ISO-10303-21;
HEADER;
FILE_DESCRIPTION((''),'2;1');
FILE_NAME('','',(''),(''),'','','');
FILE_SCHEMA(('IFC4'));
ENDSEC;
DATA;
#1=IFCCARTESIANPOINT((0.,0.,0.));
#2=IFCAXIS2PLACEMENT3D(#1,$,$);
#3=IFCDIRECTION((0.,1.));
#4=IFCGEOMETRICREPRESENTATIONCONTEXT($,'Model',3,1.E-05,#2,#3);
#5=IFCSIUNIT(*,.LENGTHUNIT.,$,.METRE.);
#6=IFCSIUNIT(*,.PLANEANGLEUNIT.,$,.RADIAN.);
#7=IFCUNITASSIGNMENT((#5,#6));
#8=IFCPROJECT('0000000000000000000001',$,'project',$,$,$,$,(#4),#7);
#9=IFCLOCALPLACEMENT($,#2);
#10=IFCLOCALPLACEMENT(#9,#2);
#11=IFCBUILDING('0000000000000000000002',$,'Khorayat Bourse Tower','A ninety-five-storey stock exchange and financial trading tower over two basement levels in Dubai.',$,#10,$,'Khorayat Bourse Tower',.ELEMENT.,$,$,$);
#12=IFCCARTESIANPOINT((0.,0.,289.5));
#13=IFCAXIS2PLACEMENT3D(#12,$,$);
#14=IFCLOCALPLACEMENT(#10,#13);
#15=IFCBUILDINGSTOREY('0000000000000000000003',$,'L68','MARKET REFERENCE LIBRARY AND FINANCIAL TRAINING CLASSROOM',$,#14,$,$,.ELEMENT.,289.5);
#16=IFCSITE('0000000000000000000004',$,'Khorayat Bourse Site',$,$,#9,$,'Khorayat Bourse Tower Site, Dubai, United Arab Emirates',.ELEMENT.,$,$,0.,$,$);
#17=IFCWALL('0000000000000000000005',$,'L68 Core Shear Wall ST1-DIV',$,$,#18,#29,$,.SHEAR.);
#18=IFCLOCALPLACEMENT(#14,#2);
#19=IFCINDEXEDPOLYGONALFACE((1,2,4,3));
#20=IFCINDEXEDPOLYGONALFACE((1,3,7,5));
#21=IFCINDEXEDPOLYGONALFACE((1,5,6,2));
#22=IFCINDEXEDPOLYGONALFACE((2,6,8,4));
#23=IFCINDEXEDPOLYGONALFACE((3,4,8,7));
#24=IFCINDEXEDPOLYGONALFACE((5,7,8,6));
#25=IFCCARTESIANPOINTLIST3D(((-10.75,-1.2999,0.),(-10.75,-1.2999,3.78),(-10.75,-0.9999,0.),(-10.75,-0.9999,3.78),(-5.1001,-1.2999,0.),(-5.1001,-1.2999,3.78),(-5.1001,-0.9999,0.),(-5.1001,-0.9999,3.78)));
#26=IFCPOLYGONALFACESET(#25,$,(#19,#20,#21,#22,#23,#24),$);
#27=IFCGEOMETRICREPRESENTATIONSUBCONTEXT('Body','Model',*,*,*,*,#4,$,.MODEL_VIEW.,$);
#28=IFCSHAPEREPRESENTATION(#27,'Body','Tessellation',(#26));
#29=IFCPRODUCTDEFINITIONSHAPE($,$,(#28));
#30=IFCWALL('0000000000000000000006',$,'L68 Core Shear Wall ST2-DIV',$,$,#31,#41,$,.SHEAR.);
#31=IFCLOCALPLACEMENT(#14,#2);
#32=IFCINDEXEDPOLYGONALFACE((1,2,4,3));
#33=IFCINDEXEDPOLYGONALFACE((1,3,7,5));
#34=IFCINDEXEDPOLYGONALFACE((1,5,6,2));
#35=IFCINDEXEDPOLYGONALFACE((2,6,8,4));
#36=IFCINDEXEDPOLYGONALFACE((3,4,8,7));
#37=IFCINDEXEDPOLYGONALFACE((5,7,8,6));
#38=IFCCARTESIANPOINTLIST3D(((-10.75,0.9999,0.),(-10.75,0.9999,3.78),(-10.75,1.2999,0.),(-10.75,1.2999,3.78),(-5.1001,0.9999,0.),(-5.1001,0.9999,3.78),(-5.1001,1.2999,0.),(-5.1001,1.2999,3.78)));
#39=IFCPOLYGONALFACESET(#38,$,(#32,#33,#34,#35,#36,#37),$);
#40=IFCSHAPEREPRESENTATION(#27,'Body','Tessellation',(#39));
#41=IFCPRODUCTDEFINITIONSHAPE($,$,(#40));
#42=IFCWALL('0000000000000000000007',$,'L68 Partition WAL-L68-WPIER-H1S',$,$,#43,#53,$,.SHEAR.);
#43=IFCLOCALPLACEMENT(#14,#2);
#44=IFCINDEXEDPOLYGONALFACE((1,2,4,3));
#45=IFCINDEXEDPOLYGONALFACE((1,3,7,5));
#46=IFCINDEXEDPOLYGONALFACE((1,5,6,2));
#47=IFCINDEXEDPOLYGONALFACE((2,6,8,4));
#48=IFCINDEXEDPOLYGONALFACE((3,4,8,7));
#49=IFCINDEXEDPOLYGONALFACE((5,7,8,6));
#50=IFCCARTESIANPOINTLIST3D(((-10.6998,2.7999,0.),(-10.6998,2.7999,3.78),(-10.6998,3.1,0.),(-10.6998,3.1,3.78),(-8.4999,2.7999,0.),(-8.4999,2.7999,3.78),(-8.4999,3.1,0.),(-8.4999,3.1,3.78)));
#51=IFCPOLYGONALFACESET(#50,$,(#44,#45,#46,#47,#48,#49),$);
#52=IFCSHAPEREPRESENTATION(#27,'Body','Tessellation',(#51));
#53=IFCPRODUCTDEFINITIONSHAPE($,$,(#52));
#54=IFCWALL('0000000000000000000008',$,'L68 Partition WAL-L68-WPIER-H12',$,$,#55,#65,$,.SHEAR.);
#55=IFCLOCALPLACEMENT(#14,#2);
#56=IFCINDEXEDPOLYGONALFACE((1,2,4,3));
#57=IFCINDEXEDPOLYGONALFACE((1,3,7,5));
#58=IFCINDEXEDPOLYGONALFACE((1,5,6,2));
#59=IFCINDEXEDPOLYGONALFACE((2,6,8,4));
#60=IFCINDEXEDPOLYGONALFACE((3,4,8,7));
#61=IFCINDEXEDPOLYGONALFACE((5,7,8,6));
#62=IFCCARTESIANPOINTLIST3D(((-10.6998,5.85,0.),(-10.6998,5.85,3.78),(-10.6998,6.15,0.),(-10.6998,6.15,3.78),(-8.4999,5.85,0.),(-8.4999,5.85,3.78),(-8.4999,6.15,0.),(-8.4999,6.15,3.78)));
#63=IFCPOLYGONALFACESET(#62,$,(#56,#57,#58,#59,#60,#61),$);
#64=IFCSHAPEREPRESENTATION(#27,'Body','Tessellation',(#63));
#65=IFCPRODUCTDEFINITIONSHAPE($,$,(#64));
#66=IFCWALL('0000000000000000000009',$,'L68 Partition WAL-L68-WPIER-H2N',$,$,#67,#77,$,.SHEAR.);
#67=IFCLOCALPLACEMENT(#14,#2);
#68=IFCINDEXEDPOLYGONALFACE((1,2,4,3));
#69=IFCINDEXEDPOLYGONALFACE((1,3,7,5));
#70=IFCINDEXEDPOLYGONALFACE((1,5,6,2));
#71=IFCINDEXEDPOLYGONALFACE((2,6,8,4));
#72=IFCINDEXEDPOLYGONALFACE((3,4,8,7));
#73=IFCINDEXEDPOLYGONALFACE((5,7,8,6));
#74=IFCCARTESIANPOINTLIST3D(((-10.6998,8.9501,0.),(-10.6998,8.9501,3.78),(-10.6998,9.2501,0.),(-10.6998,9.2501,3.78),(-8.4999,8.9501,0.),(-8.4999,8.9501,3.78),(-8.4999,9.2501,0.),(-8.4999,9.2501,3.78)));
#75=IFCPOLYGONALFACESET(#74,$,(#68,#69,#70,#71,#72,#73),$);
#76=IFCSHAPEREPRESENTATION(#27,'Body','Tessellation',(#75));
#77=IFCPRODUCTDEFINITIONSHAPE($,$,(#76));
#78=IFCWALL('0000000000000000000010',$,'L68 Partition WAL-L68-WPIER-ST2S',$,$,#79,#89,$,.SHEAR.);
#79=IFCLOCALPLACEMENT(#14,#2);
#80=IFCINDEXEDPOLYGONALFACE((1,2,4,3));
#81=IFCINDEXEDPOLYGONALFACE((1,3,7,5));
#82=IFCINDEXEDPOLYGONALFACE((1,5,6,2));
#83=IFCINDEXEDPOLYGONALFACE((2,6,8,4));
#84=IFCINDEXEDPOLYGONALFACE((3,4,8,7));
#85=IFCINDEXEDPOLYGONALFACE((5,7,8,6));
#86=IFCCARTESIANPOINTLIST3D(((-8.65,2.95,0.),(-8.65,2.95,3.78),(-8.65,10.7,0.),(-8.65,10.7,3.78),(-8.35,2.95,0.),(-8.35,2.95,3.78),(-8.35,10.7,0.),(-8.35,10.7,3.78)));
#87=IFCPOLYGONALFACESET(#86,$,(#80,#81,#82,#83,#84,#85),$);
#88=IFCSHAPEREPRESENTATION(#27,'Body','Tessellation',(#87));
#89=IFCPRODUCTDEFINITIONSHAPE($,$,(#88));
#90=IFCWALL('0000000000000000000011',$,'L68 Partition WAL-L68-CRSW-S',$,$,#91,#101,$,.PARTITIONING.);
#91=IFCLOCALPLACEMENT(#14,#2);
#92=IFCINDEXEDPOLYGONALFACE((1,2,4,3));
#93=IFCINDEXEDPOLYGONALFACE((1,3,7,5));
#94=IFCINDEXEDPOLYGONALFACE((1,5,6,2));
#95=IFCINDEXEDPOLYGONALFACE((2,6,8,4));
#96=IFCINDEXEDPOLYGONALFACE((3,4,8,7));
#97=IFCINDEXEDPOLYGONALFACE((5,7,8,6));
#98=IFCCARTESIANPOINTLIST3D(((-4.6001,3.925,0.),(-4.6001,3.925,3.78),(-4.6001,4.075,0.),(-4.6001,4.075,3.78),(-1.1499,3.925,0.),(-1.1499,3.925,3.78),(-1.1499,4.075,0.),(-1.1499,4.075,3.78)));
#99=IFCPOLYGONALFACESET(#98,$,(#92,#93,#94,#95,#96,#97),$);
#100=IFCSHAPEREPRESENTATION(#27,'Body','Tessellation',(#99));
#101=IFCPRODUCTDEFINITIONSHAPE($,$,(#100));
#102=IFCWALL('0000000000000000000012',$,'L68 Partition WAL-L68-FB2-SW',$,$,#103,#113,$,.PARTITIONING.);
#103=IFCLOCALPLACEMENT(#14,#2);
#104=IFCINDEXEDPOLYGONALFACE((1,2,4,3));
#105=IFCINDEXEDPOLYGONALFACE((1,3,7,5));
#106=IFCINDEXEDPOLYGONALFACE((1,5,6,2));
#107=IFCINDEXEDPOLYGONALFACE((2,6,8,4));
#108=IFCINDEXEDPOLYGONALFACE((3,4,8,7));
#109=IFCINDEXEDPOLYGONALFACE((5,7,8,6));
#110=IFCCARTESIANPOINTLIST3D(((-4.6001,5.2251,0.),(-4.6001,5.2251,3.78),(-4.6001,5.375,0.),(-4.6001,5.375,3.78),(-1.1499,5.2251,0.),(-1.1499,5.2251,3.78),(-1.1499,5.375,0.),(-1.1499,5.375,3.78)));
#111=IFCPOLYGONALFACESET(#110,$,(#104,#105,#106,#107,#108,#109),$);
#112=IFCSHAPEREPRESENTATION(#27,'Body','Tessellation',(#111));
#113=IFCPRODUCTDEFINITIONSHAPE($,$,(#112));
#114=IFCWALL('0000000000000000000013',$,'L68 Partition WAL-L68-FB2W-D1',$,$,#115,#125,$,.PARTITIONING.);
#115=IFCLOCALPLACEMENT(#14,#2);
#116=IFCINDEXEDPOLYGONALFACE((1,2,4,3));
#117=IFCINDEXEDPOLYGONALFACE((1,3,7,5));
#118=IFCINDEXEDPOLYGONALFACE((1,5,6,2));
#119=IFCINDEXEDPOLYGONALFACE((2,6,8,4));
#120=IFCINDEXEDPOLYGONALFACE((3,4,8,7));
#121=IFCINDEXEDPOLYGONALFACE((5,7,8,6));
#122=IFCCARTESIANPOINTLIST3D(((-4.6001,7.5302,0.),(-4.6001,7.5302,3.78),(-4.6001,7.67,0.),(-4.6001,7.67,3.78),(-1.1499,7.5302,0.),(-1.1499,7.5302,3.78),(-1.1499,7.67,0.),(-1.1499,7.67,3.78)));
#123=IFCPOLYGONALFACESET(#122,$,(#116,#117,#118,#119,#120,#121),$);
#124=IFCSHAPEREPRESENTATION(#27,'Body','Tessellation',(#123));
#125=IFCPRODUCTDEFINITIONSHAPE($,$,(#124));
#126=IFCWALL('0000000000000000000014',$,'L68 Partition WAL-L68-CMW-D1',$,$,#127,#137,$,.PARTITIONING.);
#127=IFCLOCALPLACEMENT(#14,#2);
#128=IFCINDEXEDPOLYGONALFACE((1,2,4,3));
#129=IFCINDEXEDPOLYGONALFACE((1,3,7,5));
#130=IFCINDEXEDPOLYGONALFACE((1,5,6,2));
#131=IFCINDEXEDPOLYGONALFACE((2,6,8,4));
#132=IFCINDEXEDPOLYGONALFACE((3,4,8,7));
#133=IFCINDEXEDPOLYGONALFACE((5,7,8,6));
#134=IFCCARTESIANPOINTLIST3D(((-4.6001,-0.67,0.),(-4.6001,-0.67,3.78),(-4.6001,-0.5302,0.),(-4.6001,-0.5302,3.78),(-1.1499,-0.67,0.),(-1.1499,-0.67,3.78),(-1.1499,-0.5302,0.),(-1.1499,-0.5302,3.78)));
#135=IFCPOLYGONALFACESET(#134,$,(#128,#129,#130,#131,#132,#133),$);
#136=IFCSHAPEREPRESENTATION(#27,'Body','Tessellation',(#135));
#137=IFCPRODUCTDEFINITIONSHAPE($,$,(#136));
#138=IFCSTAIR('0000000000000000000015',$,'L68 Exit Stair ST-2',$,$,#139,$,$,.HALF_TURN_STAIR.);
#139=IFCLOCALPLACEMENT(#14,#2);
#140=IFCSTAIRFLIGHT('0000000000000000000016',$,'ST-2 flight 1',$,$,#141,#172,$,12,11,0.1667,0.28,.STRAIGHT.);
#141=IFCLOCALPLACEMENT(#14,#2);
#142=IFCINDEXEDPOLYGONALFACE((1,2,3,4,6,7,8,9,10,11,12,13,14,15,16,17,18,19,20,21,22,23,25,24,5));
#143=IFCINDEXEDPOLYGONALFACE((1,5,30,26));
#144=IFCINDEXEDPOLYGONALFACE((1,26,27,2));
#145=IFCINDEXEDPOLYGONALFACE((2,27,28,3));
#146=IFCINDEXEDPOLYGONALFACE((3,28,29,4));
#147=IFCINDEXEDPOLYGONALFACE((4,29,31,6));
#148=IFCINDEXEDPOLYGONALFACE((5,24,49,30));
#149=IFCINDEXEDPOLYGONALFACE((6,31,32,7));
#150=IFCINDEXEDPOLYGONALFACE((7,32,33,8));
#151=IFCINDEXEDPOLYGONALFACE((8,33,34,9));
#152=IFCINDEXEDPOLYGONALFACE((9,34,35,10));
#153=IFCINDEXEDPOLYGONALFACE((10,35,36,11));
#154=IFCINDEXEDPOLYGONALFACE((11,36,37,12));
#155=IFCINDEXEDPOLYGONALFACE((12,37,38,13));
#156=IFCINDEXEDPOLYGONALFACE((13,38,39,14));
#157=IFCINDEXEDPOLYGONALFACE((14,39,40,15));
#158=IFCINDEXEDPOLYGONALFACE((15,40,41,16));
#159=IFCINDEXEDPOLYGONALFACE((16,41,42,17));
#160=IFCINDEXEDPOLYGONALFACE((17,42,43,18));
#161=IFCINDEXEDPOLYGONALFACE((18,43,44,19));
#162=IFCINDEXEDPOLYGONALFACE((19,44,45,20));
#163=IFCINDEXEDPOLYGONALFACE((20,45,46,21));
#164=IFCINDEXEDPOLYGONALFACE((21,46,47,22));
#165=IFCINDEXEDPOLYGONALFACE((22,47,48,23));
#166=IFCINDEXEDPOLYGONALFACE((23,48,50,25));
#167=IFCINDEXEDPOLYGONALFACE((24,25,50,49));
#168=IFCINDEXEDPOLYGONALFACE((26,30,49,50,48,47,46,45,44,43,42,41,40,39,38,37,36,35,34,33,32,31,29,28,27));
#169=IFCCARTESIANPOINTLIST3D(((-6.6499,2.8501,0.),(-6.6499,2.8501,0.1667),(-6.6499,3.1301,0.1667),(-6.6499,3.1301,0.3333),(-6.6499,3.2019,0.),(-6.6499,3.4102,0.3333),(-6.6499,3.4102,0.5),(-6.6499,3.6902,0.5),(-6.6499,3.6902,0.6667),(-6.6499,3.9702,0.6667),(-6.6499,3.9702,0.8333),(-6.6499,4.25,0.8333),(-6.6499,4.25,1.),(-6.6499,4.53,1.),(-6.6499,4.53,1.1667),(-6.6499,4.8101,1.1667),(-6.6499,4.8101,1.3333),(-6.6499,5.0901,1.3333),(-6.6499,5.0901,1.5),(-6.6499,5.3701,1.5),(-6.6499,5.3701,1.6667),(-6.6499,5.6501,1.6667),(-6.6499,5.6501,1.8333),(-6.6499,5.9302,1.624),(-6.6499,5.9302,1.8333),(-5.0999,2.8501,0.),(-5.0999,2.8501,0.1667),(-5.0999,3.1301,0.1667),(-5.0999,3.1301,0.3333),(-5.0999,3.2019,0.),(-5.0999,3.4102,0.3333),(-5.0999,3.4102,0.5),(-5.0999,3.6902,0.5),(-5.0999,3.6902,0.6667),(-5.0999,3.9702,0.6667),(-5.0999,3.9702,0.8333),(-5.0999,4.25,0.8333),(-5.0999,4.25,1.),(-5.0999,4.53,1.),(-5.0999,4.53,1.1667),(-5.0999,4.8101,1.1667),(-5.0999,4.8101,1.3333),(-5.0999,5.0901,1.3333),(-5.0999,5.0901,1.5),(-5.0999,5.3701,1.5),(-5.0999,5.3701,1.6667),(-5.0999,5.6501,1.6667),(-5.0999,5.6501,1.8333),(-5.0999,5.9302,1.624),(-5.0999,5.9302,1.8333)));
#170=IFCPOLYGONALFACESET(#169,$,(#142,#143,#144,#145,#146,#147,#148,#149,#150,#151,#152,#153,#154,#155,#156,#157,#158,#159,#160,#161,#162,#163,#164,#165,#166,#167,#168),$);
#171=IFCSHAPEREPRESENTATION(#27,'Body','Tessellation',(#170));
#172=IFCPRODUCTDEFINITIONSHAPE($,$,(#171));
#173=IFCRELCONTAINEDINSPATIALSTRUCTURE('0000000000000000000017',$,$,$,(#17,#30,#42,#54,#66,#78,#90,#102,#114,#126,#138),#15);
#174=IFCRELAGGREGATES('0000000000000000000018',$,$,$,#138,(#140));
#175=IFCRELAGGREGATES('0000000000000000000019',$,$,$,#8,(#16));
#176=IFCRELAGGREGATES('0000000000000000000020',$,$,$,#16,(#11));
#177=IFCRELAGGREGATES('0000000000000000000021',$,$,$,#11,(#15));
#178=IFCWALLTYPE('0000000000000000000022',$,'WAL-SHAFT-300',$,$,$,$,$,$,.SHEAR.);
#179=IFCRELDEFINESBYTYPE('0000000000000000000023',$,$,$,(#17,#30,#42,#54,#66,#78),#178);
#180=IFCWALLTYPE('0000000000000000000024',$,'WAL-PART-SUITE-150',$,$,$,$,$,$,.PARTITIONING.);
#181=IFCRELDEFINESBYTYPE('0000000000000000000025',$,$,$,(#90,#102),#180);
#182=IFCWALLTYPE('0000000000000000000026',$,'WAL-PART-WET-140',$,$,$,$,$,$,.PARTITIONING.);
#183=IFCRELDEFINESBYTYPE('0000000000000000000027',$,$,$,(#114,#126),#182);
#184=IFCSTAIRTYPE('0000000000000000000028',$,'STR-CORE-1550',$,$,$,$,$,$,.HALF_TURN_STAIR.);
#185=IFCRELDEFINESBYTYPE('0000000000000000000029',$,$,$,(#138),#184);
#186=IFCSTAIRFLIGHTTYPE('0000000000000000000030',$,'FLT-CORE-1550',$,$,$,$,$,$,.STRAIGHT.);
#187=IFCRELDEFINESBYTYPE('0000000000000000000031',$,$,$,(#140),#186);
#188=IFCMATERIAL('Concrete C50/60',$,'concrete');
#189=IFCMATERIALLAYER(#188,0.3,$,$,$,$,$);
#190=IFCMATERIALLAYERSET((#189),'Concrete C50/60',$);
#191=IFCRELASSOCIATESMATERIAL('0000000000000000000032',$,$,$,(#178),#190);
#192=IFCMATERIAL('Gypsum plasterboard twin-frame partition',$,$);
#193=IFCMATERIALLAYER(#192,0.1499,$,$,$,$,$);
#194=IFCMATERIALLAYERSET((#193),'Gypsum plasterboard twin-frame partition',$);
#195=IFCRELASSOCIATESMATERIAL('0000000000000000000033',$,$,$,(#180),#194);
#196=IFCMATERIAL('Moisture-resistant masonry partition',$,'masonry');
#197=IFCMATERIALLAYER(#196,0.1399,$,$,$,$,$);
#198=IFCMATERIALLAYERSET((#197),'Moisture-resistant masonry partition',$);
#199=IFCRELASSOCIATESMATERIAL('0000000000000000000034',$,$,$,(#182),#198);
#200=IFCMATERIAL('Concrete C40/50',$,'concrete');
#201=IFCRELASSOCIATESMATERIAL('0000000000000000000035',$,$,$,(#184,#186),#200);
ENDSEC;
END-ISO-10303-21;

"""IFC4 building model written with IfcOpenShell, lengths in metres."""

from ifc_helpers import new_model, si_unit, direction, frame, frame_2d, origin, place, context, subcontext, project, spatial, polyline, rectangle, outline, extrude, source, transform, mapped, material, layer, layer_set, type_object, element, aggregate, save


model = new_model("IFC4")

# Units and contexts
model_context = context("Model", 3, precision=1e-05, world=origin(), true_north=direction((0.0, 1.0)))
body_context = subcontext(model_context, "Body", "Model", "MODEL_VIEW")
ifc_project = project(units=[si_unit("LENGTHUNIT", "METRE"), si_unit("PLANEANGLEUNIT", "RADIAN")], contexts=[model_context])

# Site, building, storey
site_placement = place(None, origin())
site = spatial("IfcSite", under=ifc_project, at=site_placement, Name="Khorayat Bourse Site", LongName="Khorayat Bourse Tower Site, Dubai, United Arab Emirates", CompositionType="ELEMENT", RefElevation=0.0)
building_placement = place(site_placement, origin())
building = spatial("IfcBuilding", under=site, at=building_placement, Name="Khorayat Bourse Tower", Description="A ninety-five-storey stock exchange and financial trading tower over two basement levels in Dubai.", LongName="Khorayat Bourse Tower", CompositionType="ELEMENT")
storey_placement = place(building_placement, frame((0.0, 0.0, 289.5)))
storey = spatial("IfcBuildingStorey", under=building, at=storey_placement, Name="L68", Description="MARKET REFERENCE LIBRARY AND FINANCIAL TRAINING CLASSROOM", CompositionType="ELEMENT", Elevation=289.5)

# Walls
ifc_material_1 = material(Name="Concrete C50/60", Category="concrete")
ifc_layer_1 = layer(ifc_material_1, 0.3)
ifc_layer_set_1 = layer_set([ifc_layer_1], Name="Concrete C50/60")
wall_type_1 = type_object("IfcWallType", Name="WAL-SHAFT-300", PredefinedType="SHEAR", material=ifc_layer_set_1)
shared_shape_1 = source(origin(), body_context, "Body", "SweptSolid", [
    extrude(rectangle(XDim=5.6499, YDim=0.3, at=frame_2d((2.825, 0.0))), origin(), (0.0, 0.0, 1.0), 3.78),
])
for number, where, z_axis, x_axis, name in (
    (1, (-10.75, -1.1499, 0.0), (0.0, 0.0, 1.0), (1.0, 0.0, 0.0), "L68 Core Shear Wall ST1-DIV"),
    (2, (-10.75, 1.1499, 0.0), (0.0, 0.0, 1.0), (1.0, 0.0, 0.0), "L68 Core Shear Wall ST2-DIV"),
):
    element("IfcWall", number, at=place(storey_placement, frame(where, z_axis=z_axis, x_axis=x_axis)), inside=storey, type_object=wall_type_1, Name=name, PredefinedType="SHEAR", context=body_context, shape_type="MappedRepresentation", body=[
        mapped(shared_shape_1, transform((0.0, 0.0, 0.0), scale=1.0)),
    ])
shared_shape_2 = source(origin(), body_context, "Body", "SweptSolid", [
    extrude(rectangle(XDim=2.2, YDim=0.3, at=frame_2d((1.1001, 0.0))), origin(), (0.0, 0.0, 1.0), 3.78),
])
for number, where, z_axis, x_axis, name in (
    (3, (-10.7, 2.95, 0.0), (0.0, 0.0, 1.0), (1.0, 0.0, 0.0), "L68 Partition WAL-L68-WPIER-H1S"),
    (4, (-10.7, 6.0, 0.0), (0.0, 0.0, 1.0), (1.0, 0.0, 0.0), "L68 Partition WAL-L68-WPIER-H12"),
    (5, (-10.7, 9.1001, 0.0), (0.0, 0.0, 1.0), (1.0, 0.0, 0.0), "L68 Partition WAL-L68-WPIER-H2N"),
):
    element("IfcWall", number, at=place(storey_placement, frame(where, z_axis=z_axis, x_axis=x_axis)), inside=storey, type_object=wall_type_1, Name=name, PredefinedType="SHEAR", context=body_context, shape_type="MappedRepresentation", body=[
        mapped(shared_shape_2, transform((0.0, 0.0, 0.0), scale=1.0)),
    ])
shared_shape_3 = source(origin(), body_context, "Body", "SweptSolid", [
    extrude(rectangle(XDim=7.75, YDim=0.3, at=frame_2d((3.875, 0.0))), origin(), (0.0, 0.0, 1.0), 3.78),
])
wall_placement = place(storey_placement, frame((-8.5, 2.95, 0.0), z_axis=(0.0, 0.0, 1.0), x_axis=(0.0, 1.0, 0.0)))
element("IfcWall", 6, at=wall_placement, inside=storey, type_object=wall_type_1, Name="L68 Partition WAL-L68-WPIER-ST2S", PredefinedType="SHEAR", context=body_context, shape_type="MappedRepresentation", body=[
    mapped(shared_shape_3, transform((0.0, 0.0, 0.0), scale=1.0)),
])
ifc_material_2 = material(Name="Gypsum plasterboard twin-frame partition")
ifc_layer_2 = layer(ifc_material_2, 0.1499)
ifc_layer_set_2 = layer_set([ifc_layer_2], Name="Gypsum plasterboard twin-frame partition")
wall_type_2 = type_object("IfcWallType", Name="WAL-PART-SUITE-150", PredefinedType="PARTITIONING", material=ifc_layer_set_2)
shared_shape_4 = source(origin(), body_context, "Body", "SweptSolid", [
    extrude(rectangle(XDim=3.4502, YDim=0.1499, at=frame_2d((1.7251, 0.0))), origin(), (0.0, 0.0, 1.0), 3.78),
])
for number, where, z_axis, x_axis, name in (
    (7, (-4.6001, 4.0, 0.0), (0.0, 0.0, 1.0), (1.0, 0.0, 0.0), "L68 Partition WAL-L68-CRSW-S"),
    (8, (-4.6001, 5.3, 0.0), (0.0, 0.0, 1.0), (1.0, 0.0, 0.0), "L68 Partition WAL-L68-FB2-SW"),
):
    element("IfcWall", number, at=place(storey_placement, frame(where, z_axis=z_axis, x_axis=x_axis)), inside=storey, type_object=wall_type_2, Name=name, PredefinedType="PARTITIONING", context=body_context, shape_type="MappedRepresentation", body=[
        mapped(shared_shape_4, transform((0.0, 0.0, 0.0), scale=1.0)),
    ])
ifc_material_3 = material(Name="Moisture-resistant masonry partition", Category="masonry")
ifc_layer_3 = layer(ifc_material_3, 0.1399)
ifc_layer_set_3 = layer_set([ifc_layer_3], Name="Moisture-resistant masonry partition")
wall_type_3 = type_object("IfcWallType", Name="WAL-PART-WET-140", PredefinedType="PARTITIONING", material=ifc_layer_set_3)
shared_shape_5 = source(origin(), body_context, "Body", "SweptSolid", [
    extrude(rectangle(XDim=3.4502, YDim=0.1399, at=frame_2d((1.7251, 0.0))), origin(), (0.0, 0.0, 1.0), 3.78),
])
for number, where, z_axis, x_axis, name in (
    (9, (-4.6001, 7.6001, 0.0), (0.0, 0.0, 1.0), (1.0, 0.0, 0.0), "L68 Partition WAL-L68-FB2W-D1"),
    (10, (-4.6001, -0.6001, 0.0), (0.0, 0.0, 1.0), (1.0, 0.0, 0.0), "L68 Partition WAL-L68-CMW-D1"),
):
    element("IfcWall", number, at=place(storey_placement, frame(where, z_axis=z_axis, x_axis=x_axis)), inside=storey, type_object=wall_type_3, Name=name, PredefinedType="PARTITIONING", context=body_context, shape_type="MappedRepresentation", body=[
        mapped(shared_shape_5, transform((0.0, 0.0, 0.0), scale=1.0)),
    ])

# Stair, stair flight
ifc_material_4 = material(Name="Concrete C40/50", Category="concrete")
stair_type = type_object("IfcStairType", Name="STR-CORE-1550", PredefinedType="HALF_TURN_STAIR", material=ifc_material_4)
stair_placement = place(storey_placement, origin())
stair = element("IfcStair", 11, at=stair_placement, inside=storey, type_object=stair_type, Name="L68 Exit Stair ST-2", PredefinedType="HALF_TURN_STAIR")
stair_flight_type = type_object("IfcStairFlightType", Name="FLT-CORE-1550", PredefinedType="STRAIGHT", material=ifc_material_4)
shared_shape_6 = source(origin(), body_context, "Body", "SweptSolid", [
    extrude(outline(polyline([(0.0, 0.0), (0.0, 0.1667), (0.28, 0.1667), (0.28, 0.3333), (0.5601, 0.3333), (0.5601, 0.5), (0.8401, 0.5), (0.8401, 0.6667), (1.1201, 0.6667), (1.1201, 0.8333), (1.3999, 0.8333), (1.3999, 1.0), (1.6799, 1.0), (1.6799, 1.1667), (1.96, 1.1667), (1.96, 1.3333), (2.24, 1.3333), (2.24, 1.5), (2.52, 1.5), (2.52, 1.6667), (2.8, 1.6667), (2.8, 1.8333), (3.0801, 1.8333), (3.0801, 2.0), (3.0801, 1.624), (0.3518, 0.0), (0.0, 0.0)])), frame((0.0, 0.7749, 0.0), z_axis=(0.0, -1.0, 0.0), x_axis=(1.0, 0.0, 0.0)), (0.0, 0.0, 1.0), 1.55),
])
stair_flight_1_placement = place(storey_placement, frame((-5.875, 2.8501, 0.0), z_axis=(0.0, 0.0, 1.0), x_axis=(0.0, 1.0, 0.0)))
stair_flight_1 = element("IfcStairFlight", 12, at=stair_flight_1_placement, type_object=stair_flight_type, Name="ST-2 flight 1", NumberOfRisers=12, NumberOfTreads=11, PredefinedType="STRAIGHT", RiserHeight=0.1667, TreadLength=0.28, context=body_context, shape_type="MappedRepresentation", body=[
    mapped(shared_shape_6, transform((0.0, 0.0, 0.0), scale=1.0)),
])
aggregate(stair, [stair_flight_1])

save(model, "model.ifc")
